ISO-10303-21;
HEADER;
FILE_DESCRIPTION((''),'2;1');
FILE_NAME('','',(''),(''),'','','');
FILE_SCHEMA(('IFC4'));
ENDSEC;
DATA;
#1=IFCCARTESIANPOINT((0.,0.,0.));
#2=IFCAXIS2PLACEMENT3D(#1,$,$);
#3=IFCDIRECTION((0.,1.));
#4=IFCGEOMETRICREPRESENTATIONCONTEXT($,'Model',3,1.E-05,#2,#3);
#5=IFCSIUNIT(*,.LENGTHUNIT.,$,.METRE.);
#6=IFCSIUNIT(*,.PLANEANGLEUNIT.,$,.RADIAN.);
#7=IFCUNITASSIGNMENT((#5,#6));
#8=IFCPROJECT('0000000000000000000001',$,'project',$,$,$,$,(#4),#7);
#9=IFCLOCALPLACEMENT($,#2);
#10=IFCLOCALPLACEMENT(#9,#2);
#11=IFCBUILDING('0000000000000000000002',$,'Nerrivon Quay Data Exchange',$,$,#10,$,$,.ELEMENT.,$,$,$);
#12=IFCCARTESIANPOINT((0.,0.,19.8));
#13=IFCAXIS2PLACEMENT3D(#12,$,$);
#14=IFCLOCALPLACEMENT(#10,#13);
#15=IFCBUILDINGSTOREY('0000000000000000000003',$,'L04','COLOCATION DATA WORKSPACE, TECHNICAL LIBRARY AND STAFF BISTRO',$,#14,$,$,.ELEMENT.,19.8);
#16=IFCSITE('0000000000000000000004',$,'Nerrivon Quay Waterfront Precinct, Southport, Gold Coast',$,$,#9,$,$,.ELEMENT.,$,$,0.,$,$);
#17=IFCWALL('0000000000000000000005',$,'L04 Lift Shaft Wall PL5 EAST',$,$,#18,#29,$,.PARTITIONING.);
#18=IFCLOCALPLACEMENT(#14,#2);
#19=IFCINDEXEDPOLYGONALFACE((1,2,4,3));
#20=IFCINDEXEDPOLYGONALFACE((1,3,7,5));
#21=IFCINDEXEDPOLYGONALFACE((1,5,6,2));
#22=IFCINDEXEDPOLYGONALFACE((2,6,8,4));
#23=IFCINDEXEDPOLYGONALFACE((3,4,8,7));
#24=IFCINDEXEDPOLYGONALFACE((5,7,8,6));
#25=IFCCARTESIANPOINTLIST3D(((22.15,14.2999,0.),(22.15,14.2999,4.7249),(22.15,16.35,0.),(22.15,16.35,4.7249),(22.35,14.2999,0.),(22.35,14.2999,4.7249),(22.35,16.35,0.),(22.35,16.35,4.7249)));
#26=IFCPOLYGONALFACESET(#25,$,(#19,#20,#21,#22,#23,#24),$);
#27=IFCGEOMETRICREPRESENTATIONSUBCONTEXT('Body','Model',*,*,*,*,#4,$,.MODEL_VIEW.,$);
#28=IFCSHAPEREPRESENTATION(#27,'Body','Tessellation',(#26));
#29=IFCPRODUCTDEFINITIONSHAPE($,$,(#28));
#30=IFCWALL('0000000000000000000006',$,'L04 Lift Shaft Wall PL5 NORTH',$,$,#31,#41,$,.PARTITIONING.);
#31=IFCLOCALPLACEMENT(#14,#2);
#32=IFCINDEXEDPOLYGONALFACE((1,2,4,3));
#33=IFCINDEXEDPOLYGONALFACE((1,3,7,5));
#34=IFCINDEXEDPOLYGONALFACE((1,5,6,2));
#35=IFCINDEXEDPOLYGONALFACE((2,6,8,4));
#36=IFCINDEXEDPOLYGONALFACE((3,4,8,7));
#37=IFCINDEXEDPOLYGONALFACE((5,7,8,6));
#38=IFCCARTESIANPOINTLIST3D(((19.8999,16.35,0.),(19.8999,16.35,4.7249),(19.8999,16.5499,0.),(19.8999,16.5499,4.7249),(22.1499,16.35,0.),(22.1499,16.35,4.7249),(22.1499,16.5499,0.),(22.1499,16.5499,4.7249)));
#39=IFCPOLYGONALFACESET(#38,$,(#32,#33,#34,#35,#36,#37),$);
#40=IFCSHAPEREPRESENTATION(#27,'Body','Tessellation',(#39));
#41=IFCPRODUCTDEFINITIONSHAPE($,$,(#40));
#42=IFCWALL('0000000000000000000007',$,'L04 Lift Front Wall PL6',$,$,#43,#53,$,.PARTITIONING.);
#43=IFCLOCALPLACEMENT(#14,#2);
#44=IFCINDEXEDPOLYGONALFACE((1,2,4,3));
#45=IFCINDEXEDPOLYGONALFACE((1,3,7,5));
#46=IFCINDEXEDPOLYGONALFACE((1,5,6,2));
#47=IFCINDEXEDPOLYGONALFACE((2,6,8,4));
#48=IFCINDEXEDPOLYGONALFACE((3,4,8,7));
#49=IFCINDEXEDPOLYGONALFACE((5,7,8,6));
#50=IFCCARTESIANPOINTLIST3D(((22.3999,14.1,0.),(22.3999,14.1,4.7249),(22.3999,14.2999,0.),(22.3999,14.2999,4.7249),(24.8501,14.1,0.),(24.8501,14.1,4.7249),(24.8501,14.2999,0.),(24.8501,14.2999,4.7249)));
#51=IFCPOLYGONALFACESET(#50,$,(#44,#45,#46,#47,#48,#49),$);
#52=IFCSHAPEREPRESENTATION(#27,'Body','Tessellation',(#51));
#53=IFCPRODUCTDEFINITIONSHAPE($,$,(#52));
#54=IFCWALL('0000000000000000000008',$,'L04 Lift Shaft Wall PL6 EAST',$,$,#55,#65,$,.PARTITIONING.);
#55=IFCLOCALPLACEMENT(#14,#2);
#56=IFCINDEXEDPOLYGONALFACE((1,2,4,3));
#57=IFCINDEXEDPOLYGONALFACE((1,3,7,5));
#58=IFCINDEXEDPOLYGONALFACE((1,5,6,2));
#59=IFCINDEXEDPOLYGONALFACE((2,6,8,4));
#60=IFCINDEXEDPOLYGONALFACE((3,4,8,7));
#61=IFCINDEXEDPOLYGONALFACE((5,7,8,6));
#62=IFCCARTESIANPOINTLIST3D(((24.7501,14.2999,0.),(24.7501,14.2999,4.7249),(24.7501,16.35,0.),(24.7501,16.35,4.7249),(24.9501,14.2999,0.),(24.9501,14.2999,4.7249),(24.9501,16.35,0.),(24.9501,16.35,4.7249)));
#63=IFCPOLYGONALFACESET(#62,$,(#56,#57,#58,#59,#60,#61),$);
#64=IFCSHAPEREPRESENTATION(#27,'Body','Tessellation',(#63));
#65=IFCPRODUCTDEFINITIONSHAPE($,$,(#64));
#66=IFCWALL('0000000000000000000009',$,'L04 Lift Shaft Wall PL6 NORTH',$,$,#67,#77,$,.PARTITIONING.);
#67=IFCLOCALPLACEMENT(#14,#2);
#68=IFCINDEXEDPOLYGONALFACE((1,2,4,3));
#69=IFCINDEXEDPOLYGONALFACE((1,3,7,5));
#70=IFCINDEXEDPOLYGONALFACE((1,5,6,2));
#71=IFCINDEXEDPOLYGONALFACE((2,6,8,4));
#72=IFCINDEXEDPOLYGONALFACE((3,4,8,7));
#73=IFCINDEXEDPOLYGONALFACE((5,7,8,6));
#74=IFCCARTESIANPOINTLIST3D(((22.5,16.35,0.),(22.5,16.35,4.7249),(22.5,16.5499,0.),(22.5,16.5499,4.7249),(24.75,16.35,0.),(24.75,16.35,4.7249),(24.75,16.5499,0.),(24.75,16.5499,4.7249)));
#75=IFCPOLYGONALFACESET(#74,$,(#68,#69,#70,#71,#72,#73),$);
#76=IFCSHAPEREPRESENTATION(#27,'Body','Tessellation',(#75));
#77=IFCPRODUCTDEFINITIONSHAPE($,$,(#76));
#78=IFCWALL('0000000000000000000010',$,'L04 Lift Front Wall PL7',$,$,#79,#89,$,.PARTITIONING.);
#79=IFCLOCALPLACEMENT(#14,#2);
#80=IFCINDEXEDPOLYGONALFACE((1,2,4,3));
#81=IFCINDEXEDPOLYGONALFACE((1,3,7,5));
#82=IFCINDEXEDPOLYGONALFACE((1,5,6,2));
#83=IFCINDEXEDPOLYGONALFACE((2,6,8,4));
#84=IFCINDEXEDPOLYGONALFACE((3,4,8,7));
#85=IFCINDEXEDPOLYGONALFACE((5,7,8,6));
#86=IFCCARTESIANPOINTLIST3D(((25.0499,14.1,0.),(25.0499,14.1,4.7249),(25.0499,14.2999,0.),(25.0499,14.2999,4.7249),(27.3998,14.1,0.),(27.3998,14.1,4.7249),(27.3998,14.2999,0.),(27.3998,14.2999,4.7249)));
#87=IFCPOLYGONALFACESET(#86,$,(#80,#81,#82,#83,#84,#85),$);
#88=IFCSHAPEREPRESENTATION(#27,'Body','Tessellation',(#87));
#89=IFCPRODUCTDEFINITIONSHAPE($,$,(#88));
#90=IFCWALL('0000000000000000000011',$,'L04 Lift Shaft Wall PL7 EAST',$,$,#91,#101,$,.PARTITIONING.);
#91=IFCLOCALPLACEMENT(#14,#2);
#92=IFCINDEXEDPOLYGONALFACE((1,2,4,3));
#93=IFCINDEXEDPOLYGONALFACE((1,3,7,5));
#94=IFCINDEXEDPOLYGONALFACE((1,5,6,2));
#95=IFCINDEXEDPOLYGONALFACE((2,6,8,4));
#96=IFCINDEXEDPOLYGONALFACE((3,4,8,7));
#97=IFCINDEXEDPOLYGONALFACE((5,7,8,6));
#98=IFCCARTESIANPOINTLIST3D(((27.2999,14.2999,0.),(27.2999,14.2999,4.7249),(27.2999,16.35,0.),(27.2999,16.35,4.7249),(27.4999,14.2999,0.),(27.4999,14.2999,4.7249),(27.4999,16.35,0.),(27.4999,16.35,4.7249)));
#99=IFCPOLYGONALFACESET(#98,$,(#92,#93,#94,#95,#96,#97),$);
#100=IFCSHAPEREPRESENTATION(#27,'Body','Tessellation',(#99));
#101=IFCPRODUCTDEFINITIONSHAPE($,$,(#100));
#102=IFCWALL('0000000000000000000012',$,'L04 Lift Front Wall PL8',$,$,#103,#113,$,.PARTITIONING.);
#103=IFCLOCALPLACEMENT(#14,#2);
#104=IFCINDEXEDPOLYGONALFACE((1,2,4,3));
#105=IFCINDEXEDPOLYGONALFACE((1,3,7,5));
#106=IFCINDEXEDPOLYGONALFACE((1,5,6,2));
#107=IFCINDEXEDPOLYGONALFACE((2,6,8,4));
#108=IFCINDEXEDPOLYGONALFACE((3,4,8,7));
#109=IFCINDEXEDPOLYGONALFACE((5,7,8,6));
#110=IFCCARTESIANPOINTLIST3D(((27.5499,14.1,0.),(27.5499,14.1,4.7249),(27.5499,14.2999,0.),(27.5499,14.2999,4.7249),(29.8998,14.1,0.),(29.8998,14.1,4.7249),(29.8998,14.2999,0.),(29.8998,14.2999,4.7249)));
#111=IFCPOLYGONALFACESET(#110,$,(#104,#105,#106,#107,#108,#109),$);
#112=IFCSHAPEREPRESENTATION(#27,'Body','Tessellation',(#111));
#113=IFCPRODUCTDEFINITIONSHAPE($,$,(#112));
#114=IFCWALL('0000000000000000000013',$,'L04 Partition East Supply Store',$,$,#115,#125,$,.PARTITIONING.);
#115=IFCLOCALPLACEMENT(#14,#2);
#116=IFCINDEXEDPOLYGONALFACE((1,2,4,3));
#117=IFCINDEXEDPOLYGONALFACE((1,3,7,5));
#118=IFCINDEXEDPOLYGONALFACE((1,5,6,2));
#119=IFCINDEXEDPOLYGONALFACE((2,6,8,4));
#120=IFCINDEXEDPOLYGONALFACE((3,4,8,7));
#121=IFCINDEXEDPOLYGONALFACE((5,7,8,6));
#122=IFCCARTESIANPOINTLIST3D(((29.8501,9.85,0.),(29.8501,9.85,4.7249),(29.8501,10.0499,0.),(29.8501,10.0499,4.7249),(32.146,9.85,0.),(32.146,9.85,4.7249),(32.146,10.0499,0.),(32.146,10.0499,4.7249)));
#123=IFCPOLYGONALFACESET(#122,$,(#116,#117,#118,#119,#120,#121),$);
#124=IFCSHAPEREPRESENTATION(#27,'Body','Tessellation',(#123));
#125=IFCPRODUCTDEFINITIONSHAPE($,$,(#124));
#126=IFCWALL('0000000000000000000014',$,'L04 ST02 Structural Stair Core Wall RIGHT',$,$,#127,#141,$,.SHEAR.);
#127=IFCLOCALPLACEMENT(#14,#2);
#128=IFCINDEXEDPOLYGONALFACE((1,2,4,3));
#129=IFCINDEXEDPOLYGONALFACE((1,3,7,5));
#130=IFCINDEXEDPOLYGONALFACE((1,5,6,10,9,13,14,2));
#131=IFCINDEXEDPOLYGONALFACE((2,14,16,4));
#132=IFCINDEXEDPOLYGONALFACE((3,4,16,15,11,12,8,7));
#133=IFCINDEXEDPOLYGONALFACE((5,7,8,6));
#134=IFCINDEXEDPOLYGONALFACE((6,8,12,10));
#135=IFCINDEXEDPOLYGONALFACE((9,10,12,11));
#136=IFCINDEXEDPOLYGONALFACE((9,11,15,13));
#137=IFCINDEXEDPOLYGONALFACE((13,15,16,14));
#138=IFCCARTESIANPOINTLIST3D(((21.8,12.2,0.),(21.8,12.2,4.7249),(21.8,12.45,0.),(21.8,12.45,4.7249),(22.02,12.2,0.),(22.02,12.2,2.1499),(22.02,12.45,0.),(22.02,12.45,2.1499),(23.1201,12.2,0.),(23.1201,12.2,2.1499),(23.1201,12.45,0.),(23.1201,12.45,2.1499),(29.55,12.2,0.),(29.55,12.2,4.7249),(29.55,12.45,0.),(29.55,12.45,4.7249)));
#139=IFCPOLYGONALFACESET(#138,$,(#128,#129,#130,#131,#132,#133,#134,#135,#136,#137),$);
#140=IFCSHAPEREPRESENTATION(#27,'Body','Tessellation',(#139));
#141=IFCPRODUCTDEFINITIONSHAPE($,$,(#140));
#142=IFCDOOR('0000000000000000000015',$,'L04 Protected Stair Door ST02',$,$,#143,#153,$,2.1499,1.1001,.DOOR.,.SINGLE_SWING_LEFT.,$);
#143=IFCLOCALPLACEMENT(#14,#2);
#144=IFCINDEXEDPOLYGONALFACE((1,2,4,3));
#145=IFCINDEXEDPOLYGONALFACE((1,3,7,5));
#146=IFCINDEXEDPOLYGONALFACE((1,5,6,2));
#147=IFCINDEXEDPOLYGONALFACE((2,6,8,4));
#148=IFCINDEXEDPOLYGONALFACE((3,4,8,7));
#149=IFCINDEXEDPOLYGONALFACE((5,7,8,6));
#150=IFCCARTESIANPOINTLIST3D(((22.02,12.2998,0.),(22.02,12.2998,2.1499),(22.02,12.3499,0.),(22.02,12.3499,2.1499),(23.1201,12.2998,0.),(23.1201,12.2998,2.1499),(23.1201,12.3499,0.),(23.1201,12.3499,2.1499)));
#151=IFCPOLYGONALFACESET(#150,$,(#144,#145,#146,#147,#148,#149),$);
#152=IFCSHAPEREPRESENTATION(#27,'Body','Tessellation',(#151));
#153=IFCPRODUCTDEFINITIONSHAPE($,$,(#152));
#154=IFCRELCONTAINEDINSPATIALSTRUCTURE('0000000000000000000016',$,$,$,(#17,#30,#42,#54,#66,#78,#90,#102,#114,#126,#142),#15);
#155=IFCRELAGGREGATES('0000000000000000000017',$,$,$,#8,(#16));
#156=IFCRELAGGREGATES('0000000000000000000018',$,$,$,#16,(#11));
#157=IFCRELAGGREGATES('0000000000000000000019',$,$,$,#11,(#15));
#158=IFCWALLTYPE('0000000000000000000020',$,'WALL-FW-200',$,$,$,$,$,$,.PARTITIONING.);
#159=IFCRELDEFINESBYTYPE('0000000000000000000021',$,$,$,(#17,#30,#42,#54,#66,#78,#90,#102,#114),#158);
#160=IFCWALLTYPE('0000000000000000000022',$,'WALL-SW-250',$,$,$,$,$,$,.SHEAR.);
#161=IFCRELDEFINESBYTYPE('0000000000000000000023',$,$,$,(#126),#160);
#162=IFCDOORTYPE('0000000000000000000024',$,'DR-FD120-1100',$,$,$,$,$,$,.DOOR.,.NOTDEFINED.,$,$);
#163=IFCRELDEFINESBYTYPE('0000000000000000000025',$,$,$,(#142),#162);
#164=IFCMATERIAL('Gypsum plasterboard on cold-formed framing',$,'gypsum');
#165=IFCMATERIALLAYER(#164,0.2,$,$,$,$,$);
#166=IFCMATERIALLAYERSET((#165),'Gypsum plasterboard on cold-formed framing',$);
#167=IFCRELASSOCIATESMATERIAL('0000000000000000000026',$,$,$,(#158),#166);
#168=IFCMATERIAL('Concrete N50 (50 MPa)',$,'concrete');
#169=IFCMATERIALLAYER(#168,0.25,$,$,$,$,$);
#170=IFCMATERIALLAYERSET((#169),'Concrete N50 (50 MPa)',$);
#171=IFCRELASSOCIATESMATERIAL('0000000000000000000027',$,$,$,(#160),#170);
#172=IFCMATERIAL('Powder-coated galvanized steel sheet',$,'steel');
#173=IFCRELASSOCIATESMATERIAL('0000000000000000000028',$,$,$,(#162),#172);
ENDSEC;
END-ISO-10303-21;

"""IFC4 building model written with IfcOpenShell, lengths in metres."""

from ifc_helpers import new_model, si_unit, direction, frame, frame_2d, origin, place, context, subcontext, project, spatial, rectangle, extrude, material, layer, layer_set, type_object, element, fill, save


model = new_model("IFC4")

# Units and contexts
model_context = context("Model", 3, precision=1e-05, world=origin(), true_north=direction((0.0, 1.0)))
body_context = subcontext(model_context, "Body", "Model", "MODEL_VIEW")
ifc_project = project(units=[si_unit("LENGTHUNIT", "METRE"), si_unit("PLANEANGLEUNIT", "RADIAN")], contexts=[model_context])

# Site, building, storey
site_placement = place(None, origin())
site = spatial("IfcSite", under=ifc_project, at=site_placement, Name="Nerrivon Quay Waterfront Precinct, Southport, Gold Coast", CompositionType="ELEMENT", RefElevation=0.0)
building_placement = place(site_placement, origin())
building = spatial("IfcBuilding", under=site, at=building_placement, Name="Nerrivon Quay Data Exchange", CompositionType="ELEMENT")
storey_placement = place(building_placement, frame((0.0, 0.0, 19.8)))
storey = spatial("IfcBuildingStorey", under=building, at=storey_placement, Name="L04", Description="COLOCATION DATA WORKSPACE, TECHNICAL LIBRARY AND STAFF BISTRO", CompositionType="ELEMENT", Elevation=19.8)

# Walls
ifc_material_1 = material(Name="Gypsum plasterboard on cold-formed framing", Category="gypsum")
ifc_layer_1 = layer(ifc_material_1, 0.2)
ifc_layer_set_1 = layer_set([ifc_layer_1], Name="Gypsum plasterboard on cold-formed framing")
wall_type_1 = type_object("IfcWallType", Name="WALL-FW-200", PredefinedType="PARTITIONING", material=ifc_layer_set_1)
wall_1_placement = place(storey_placement, frame((22.25, 14.3, 0.0), z_axis=(0.0, 0.0, 1.0), x_axis=(0.0, 1.0, 0.0)))
element("IfcWall", 1, at=wall_1_placement, inside=storey, type_object=wall_type_1, Name="L04 Lift Shaft Wall PL5 EAST", PredefinedType="PARTITIONING", context=body_context, shape_type="SweptSolid", body=[
    extrude(rectangle(XDim=2.05, YDim=0.2, at=frame_2d((1.0249, 0.0))), origin(), (0.0, 0.0, 1.0), 4.7249),
])
wall_2_placement = place(storey_placement, frame((19.8999, 16.45, 0.0), z_axis=(0.0, 0.0, 1.0), x_axis=(1.0, 0.0, 0.0)))
element("IfcWall", 2, at=wall_2_placement, inside=storey, type_object=wall_type_1, Name="L04 Lift Shaft Wall PL5 NORTH", PredefinedType="PARTITIONING", context=body_context, shape_type="SweptSolid", body=[
    extrude(rectangle(XDim=2.25, YDim=0.2, at=frame_2d((1.125, 0.0))), origin(), (0.0, 0.0, 1.0), 4.7249),
])
wall_3_placement = place(storey_placement, frame((22.3999, 14.2, 0.0), z_axis=(0.0, 0.0, 1.0), x_axis=(1.0, 0.0, 0.0)))
element("IfcWall", 3, at=wall_3_placement, inside=storey, type_object=wall_type_1, Name="L04 Lift Front Wall PL6", PredefinedType="PARTITIONING", context=body_context, shape_type="SweptSolid", body=[
    extrude(rectangle(XDim=2.4502, YDim=0.2, at=frame_2d((1.2251, 0.0))), origin(), (0.0, 0.0, 1.0), 4.7249),
])
wall_4_placement = place(storey_placement, frame((24.8501, 14.3, 0.0), z_axis=(0.0, 0.0, 1.0), x_axis=(0.0, 1.0, 0.0)))
element("IfcWall", 4, at=wall_4_placement, inside=storey, type_object=wall_type_1, Name="L04 Lift Shaft Wall PL6 EAST", PredefinedType="PARTITIONING", context=body_context, shape_type="SweptSolid", body=[
    extrude(rectangle(XDim=2.05, YDim=0.2, at=frame_2d((1.0249, 0.0))), origin(), (0.0, 0.0, 1.0), 4.7249),
])
wall_5_placement = place(storey_placement, frame((22.5, 16.45, 0.0), z_axis=(0.0, 0.0, 1.0), x_axis=(1.0, 0.0, 0.0)))
element("IfcWall", 5, at=wall_5_placement, inside=storey, type_object=wall_type_1, Name="L04 Lift Shaft Wall PL6 NORTH", PredefinedType="PARTITIONING", context=body_context, shape_type="SweptSolid", body=[
    extrude(rectangle(XDim=2.25, YDim=0.2, at=frame_2d((1.125, 0.0))), origin(), (0.0, 0.0, 1.0), 4.7249),
])
wall_6_placement = place(storey_placement, frame((25.05, 14.2, 0.0), z_axis=(0.0, 0.0, 1.0), x_axis=(1.0, 0.0, 0.0)))
element("IfcWall", 6, at=wall_6_placement, inside=storey, type_object=wall_type_1, Name="L04 Lift Front Wall PL7", PredefinedType="PARTITIONING", context=body_context, shape_type="SweptSolid", body=[
    extrude(rectangle(XDim=2.3499, YDim=0.2, at=frame_2d((1.1748, 0.0))), origin(), (0.0, 0.0, 1.0), 4.7249),
])
wall_7_placement = place(storey_placement, frame((27.3999, 14.3, 0.0), z_axis=(0.0, 0.0, 1.0), x_axis=(0.0, 1.0, 0.0)))
element("IfcWall", 7, at=wall_7_placement, inside=storey, type_object=wall_type_1, Name="L04 Lift Shaft Wall PL7 EAST", PredefinedType="PARTITIONING", context=body_context, shape_type="SweptSolid", body=[
    extrude(rectangle(XDim=2.05, YDim=0.2, at=frame_2d((1.0249, 0.0))), origin(), (0.0, 0.0, 1.0), 4.7249),
])
wall_8_placement = place(storey_placement, frame((27.55, 14.2, 0.0), z_axis=(0.0, 0.0, 1.0), x_axis=(1.0, 0.0, 0.0)))
element("IfcWall", 8, at=wall_8_placement, inside=storey, type_object=wall_type_1, Name="L04 Lift Front Wall PL8", PredefinedType="PARTITIONING", context=body_context, shape_type="SweptSolid", body=[
    extrude(rectangle(XDim=2.3499, YDim=0.2, at=frame_2d((1.1748, 0.0))), origin(), (0.0, 0.0, 1.0), 4.7249),
])
wall_9_placement = place(storey_placement, frame((29.8501, 9.95, 0.0), z_axis=(0.0, 0.0, 1.0), x_axis=(1.0, 0.0, 0.0)))
element("IfcWall", 9, at=wall_9_placement, inside=storey, type_object=wall_type_1, Name="L04 Partition East Supply Store", PredefinedType="PARTITIONING", context=body_context, shape_type="SweptSolid", body=[
    extrude(rectangle(XDim=2.2959, YDim=0.2, at=frame_2d((1.1479, 0.0))), origin(), (0.0, 0.0, 1.0), 4.7249),
])

# Wall, opening, door
ifc_material_2 = material(Name="Concrete N50 (50 MPa)", Category="concrete")
ifc_layer_2 = layer(ifc_material_2, 0.25)
ifc_layer_set_2 = layer_set([ifc_layer_2], Name="Concrete N50 (50 MPa)")
wall_type_2 = type_object("IfcWallType", Name="WALL-SW-250", PredefinedType="SHEAR", material=ifc_layer_set_2)
wall_10_placement = place(storey_placement, frame((21.8, 12.325, 0.0), z_axis=(0.0, 0.0, 1.0), x_axis=(1.0, 0.0, 0.0)))
wall_10 = element("IfcWall", 10, at=wall_10_placement, inside=storey, type_object=wall_type_2, Name="L04 ST02 Structural Stair Core Wall RIGHT", PredefinedType="SHEAR", context=body_context, shape_type="SweptSolid", body=[
    extrude(rectangle(XDim=7.75, YDim=0.25, at=frame_2d((3.875, 0.0))), origin(), (0.0, 0.0, 1.0), 4.7249),
])
opening_1_placement = place(wall_10_placement, frame((0.22, 0.0, 0.0)))
opening_1 = element("IfcOpeningElement", 11, at=opening_1_placement, cuts=wall_10, PredefinedType="OPENING", context=body_context, shape_type="SweptSolid", body=[
    extrude(rectangle(XDim=1.1001, YDim=2.1499, at=frame_2d((0.55, 1.075))), frame((0.0, 0.135, 0.0), z_axis=(0.0, -1.0, 0.0), x_axis=(1.0, 0.0, 0.0)), (0.0, 0.0, 1.0), 0.27),
])
ifc_material_3 = material(Name="Powder-coated galvanized steel sheet", Category="steel")
door_type_1 = type_object("IfcDoorType", Name="DR-FD120-1100", OperationType="NOTDEFINED", PredefinedType="DOOR", material=ifc_material_3)
door_1_placement = place(opening_1_placement, origin())
door_1 = element("IfcDoor", 12, at=door_1_placement, inside=storey, type_object=door_type_1, Name="L04 Protected Stair Door ST02", OperationType="SINGLE_SWING_LEFT", OverallHeight=2.1499, OverallWidth=1.1001, PredefinedType="DOOR", context=body_context, shape_type="SweptSolid", body=[
    extrude(rectangle(XDim=1.1001, YDim=2.1499, at=frame_2d((0.55, 1.075))), frame((0.0, 0.0249, 0.0), z_axis=(0.0, -1.0, 0.0), x_axis=(1.0, 0.0, 0.0)), (0.0, 0.0, 1.0), 0.05),
])
fill(opening_1, door_1)

save(model, "model.ifc")
